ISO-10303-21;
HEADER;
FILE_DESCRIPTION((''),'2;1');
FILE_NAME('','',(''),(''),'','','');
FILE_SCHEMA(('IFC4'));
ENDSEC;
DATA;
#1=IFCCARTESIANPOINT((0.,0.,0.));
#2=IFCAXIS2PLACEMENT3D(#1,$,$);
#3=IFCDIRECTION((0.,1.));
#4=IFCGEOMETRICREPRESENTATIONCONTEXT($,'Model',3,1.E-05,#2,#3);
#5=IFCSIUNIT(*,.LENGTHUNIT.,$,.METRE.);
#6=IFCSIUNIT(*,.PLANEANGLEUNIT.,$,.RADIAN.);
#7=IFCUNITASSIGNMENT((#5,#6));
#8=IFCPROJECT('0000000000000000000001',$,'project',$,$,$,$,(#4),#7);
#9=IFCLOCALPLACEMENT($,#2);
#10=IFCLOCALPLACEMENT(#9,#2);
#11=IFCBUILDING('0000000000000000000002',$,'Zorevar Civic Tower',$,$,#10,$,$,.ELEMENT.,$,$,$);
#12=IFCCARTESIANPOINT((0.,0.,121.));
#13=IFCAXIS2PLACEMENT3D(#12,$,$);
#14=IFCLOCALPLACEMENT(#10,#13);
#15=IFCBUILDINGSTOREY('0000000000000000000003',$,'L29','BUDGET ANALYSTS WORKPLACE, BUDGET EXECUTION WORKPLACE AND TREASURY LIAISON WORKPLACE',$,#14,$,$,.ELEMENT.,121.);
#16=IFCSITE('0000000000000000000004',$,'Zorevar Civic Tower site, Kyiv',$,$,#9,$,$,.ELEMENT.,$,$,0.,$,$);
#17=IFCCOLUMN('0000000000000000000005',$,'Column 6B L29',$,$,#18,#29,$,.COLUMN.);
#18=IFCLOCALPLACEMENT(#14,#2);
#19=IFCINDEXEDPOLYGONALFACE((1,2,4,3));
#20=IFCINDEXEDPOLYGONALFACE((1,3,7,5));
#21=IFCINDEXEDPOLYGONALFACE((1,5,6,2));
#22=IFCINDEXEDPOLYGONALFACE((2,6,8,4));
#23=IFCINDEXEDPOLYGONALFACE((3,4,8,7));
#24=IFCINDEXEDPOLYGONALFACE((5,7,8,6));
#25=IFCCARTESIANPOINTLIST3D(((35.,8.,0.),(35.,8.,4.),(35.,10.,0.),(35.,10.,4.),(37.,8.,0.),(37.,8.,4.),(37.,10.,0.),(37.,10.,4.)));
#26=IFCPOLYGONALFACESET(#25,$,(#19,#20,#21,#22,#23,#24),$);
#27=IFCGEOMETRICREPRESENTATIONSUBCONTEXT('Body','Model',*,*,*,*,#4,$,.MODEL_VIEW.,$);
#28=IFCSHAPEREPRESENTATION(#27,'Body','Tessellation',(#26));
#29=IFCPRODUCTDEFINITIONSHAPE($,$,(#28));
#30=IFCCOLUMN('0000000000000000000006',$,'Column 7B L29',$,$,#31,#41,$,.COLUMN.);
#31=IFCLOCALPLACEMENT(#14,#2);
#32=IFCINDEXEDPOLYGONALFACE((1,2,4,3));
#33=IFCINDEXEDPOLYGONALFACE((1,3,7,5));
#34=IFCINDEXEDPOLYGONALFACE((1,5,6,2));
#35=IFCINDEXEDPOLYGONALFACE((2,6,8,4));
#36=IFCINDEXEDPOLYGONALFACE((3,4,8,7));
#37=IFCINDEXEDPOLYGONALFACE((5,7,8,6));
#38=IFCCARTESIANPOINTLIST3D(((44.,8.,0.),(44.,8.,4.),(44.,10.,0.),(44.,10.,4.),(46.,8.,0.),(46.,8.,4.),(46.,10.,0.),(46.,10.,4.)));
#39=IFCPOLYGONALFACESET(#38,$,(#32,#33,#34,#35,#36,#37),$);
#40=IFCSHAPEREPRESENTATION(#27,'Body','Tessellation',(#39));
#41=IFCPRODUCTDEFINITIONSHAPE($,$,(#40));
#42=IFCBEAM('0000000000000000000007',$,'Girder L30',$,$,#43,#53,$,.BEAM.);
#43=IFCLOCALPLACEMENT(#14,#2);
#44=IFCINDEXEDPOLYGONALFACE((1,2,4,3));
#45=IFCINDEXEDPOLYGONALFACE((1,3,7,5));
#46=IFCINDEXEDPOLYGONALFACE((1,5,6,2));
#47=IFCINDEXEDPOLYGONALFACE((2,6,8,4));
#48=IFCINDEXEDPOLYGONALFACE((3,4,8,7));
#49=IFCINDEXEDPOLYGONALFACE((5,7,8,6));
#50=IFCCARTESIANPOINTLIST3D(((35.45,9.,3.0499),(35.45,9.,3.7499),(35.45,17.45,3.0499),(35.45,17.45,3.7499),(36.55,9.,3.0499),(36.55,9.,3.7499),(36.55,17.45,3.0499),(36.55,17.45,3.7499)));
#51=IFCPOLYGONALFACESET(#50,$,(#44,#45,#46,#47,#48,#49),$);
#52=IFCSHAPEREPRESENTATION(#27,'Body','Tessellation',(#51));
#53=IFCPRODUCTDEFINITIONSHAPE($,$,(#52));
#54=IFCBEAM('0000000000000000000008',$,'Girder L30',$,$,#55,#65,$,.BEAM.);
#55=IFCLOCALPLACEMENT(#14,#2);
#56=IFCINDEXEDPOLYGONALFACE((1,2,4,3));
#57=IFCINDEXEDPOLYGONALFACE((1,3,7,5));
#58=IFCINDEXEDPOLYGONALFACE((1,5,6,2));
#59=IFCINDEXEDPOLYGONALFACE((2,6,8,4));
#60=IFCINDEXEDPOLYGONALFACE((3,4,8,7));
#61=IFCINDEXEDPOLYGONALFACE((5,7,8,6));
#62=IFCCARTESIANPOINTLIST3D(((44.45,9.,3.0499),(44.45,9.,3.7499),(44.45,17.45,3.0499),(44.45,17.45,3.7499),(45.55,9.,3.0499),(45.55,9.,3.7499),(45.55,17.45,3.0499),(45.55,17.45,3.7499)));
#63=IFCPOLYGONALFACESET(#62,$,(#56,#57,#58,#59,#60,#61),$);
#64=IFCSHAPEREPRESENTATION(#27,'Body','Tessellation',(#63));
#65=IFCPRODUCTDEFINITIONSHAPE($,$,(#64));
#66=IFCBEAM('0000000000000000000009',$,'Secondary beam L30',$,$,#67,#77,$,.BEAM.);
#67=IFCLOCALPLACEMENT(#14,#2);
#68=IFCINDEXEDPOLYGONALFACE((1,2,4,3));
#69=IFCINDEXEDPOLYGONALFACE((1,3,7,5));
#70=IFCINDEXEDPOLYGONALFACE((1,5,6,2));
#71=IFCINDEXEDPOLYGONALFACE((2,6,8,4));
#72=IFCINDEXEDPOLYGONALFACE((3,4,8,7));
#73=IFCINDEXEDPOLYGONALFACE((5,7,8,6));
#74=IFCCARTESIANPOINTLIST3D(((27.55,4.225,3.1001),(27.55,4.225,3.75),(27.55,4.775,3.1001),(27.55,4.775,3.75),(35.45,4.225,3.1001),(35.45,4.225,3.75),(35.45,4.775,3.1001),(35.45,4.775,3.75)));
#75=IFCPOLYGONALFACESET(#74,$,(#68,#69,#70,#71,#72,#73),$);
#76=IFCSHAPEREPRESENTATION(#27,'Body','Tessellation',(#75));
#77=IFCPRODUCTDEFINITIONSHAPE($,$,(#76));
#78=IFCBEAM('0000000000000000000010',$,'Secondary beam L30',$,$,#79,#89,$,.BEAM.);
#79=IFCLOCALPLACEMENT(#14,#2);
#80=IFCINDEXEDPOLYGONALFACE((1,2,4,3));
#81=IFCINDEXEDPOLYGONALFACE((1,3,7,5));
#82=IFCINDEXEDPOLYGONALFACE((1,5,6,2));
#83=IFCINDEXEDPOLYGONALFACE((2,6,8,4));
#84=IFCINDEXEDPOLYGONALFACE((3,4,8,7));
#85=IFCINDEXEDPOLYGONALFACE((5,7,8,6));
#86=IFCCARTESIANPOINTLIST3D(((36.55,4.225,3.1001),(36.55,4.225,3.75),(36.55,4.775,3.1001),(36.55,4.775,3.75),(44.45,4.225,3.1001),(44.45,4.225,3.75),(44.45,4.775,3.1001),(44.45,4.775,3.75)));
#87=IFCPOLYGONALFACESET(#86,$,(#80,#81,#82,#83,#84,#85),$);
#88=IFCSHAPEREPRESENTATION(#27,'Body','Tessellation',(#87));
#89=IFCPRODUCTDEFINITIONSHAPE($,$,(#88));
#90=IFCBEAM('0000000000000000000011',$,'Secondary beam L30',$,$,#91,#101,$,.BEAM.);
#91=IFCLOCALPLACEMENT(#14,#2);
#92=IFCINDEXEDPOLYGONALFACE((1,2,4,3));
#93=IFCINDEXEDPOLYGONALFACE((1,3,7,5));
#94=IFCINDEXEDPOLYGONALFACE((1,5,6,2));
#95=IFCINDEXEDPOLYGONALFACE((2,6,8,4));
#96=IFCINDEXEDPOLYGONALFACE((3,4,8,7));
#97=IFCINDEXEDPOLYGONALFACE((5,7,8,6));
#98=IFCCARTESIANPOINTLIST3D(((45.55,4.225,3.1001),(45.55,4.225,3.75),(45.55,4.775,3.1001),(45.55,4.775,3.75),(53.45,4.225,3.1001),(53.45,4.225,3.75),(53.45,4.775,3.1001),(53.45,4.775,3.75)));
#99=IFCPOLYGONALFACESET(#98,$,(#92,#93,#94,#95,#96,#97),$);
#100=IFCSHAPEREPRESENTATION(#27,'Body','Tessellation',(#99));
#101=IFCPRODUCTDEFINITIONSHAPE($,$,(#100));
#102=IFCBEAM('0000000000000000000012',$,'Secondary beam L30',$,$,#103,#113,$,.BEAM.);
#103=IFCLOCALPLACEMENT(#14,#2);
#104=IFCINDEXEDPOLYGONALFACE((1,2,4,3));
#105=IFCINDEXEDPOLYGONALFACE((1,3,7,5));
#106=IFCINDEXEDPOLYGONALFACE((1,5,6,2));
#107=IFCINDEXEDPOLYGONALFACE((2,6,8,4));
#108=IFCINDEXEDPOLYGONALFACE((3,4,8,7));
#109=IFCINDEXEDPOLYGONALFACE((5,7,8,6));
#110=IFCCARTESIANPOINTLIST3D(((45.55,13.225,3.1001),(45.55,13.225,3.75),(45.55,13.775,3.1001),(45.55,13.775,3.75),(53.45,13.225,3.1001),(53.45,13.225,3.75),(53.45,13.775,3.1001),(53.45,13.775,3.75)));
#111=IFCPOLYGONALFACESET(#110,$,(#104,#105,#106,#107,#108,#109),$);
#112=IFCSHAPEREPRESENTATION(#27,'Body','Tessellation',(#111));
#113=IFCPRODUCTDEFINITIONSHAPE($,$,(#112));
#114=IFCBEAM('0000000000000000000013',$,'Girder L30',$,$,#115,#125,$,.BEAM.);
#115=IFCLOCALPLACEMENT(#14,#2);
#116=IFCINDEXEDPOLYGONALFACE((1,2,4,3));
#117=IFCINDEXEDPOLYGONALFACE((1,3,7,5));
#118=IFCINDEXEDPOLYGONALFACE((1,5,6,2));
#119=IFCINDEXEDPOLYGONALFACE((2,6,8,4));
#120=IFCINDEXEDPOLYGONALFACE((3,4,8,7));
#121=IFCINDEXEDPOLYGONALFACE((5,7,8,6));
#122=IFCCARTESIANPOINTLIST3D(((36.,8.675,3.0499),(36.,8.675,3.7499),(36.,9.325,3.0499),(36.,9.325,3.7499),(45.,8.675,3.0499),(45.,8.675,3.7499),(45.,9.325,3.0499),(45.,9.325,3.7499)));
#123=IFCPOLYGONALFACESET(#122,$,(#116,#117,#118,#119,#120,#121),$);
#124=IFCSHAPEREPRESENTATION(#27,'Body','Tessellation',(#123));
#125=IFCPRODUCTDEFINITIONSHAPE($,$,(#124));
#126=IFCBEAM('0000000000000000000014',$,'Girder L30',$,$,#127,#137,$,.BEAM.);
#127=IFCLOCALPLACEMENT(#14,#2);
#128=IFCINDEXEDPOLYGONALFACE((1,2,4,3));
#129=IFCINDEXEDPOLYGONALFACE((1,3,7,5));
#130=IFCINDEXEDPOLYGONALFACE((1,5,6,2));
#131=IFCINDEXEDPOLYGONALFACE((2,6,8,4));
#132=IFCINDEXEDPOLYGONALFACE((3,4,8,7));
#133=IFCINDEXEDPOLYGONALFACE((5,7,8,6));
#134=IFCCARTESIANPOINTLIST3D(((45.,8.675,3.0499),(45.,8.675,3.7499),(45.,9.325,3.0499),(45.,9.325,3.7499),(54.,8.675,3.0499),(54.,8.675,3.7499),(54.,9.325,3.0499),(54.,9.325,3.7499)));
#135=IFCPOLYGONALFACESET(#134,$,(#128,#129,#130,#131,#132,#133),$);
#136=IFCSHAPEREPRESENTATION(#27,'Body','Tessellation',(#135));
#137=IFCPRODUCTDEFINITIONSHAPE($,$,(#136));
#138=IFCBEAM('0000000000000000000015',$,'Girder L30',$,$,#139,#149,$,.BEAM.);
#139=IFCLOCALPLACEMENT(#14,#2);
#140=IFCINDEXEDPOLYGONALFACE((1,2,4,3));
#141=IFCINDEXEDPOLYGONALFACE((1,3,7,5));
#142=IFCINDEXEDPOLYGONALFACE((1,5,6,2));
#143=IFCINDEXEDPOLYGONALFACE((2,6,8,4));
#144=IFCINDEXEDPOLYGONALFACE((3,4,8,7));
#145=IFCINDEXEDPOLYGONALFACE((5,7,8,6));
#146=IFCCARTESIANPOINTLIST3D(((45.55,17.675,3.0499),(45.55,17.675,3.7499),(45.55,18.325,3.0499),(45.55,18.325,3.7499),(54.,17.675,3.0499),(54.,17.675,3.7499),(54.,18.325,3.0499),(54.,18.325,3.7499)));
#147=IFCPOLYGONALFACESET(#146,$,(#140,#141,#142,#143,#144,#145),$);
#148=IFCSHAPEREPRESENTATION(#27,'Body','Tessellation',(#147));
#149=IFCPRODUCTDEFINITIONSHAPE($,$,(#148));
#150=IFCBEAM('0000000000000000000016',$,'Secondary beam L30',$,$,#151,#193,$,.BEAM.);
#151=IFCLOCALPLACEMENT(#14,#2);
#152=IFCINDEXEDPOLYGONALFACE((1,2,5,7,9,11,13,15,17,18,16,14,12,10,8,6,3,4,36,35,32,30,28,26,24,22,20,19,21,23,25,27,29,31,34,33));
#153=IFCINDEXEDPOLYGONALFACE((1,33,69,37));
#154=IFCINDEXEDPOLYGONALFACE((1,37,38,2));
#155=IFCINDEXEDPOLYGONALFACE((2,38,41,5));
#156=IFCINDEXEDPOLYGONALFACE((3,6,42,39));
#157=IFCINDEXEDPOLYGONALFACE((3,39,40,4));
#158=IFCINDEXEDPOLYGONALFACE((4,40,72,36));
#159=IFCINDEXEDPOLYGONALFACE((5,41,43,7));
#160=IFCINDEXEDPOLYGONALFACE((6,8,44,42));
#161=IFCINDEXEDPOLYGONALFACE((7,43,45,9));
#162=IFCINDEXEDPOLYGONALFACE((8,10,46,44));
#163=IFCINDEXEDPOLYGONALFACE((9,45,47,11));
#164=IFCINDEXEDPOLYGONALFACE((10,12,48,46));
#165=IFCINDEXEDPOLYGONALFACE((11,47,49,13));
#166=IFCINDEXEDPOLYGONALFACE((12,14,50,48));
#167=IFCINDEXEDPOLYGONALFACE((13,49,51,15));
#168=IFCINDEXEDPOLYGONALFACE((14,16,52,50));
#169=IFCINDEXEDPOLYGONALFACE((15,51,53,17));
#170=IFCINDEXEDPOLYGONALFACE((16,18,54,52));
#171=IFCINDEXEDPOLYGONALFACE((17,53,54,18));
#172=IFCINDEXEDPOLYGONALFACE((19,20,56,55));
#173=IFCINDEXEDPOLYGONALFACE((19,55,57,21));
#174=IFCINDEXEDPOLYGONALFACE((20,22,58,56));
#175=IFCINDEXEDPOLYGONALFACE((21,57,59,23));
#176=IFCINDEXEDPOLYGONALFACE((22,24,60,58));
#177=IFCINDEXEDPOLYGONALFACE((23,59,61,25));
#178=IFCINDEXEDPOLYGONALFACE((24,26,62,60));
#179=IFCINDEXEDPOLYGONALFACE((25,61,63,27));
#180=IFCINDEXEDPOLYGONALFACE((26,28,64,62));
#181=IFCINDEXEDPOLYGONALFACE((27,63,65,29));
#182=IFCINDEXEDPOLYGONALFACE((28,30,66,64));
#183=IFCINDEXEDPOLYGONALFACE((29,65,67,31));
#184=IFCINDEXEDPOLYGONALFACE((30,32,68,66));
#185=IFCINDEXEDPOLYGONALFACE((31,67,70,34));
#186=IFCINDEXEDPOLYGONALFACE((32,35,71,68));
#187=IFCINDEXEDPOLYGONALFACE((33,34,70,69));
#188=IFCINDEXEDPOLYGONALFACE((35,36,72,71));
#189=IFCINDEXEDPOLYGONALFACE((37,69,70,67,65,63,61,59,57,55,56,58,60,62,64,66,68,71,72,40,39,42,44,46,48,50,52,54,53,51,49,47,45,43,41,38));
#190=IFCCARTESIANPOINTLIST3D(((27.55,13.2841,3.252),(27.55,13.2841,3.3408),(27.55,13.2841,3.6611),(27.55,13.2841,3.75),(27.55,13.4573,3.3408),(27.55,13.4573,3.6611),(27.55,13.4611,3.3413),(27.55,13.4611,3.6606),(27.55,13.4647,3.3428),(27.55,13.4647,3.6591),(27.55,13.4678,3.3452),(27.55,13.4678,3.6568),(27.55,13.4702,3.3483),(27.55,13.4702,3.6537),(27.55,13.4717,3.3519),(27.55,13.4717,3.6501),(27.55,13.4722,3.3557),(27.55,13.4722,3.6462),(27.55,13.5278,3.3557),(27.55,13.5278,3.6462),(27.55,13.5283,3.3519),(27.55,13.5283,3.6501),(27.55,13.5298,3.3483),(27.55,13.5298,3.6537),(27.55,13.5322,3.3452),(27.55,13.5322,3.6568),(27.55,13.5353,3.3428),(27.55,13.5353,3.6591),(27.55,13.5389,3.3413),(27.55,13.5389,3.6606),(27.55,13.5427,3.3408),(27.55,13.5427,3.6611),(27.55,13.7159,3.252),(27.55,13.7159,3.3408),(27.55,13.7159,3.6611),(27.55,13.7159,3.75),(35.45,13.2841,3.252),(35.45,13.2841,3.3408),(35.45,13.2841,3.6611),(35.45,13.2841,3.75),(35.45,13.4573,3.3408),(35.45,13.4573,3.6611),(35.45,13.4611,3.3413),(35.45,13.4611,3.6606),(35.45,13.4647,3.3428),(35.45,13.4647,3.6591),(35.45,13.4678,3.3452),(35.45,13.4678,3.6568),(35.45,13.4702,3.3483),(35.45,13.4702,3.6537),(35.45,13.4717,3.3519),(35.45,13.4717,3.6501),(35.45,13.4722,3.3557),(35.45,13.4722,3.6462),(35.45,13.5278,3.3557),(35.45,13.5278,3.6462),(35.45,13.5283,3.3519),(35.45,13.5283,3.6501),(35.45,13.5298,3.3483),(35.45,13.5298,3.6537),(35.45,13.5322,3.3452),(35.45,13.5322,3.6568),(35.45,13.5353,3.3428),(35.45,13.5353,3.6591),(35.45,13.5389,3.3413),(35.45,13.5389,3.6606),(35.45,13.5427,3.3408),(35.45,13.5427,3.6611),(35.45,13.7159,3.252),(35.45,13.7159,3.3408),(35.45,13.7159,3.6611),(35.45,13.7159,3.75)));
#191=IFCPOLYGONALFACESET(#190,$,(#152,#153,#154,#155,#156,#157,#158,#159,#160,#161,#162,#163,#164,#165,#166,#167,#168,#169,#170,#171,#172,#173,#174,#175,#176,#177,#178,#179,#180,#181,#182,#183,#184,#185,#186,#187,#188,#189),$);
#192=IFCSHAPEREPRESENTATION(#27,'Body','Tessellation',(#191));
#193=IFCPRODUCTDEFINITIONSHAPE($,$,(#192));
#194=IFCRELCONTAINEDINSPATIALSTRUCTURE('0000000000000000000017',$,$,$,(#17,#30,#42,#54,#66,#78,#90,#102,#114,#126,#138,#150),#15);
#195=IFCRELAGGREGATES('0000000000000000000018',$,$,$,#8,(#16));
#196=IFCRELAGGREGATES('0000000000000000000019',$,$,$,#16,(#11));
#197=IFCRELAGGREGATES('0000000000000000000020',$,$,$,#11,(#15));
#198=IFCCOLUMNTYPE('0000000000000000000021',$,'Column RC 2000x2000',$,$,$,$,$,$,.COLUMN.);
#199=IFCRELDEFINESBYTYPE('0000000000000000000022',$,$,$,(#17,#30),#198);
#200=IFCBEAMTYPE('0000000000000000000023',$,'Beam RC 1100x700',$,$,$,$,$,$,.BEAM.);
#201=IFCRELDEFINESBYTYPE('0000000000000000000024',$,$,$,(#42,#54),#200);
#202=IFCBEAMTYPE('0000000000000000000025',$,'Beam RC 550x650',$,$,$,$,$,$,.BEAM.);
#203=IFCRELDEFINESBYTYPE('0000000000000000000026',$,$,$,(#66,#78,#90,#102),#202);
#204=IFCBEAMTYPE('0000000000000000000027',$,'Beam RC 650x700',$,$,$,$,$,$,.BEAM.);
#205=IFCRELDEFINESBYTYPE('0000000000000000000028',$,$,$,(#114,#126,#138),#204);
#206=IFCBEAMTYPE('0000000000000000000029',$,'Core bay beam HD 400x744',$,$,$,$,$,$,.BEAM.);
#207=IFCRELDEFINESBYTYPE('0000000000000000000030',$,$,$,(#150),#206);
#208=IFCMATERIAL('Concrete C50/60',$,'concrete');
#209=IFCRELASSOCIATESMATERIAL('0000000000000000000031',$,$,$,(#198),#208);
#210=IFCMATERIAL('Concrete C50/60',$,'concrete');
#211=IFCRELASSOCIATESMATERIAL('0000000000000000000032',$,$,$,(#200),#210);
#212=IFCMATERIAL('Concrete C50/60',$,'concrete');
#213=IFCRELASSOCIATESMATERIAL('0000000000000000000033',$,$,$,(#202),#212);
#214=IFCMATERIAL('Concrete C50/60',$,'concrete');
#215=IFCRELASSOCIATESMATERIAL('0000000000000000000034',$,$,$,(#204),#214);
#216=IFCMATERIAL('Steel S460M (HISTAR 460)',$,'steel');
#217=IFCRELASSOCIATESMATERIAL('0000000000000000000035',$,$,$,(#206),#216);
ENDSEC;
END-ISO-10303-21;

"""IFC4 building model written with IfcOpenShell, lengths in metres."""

from ifc_helpers import new_model, si_unit, direction, frame, origin, origin_2d, place, context, subcontext, project, spatial, rectangle, i_section, extrude, material, material_profile, profile_set, type_object, element, save


model = new_model("IFC4")

# Units and contexts
model_context = context("Model", 3, precision=1e-05, world=origin(), true_north=direction((0.0, 1.0)))
body_context = subcontext(model_context, "Body", "Model", "MODEL_VIEW")
ifc_project = project(units=[si_unit("LENGTHUNIT", "METRE"), si_unit("PLANEANGLEUNIT", "RADIAN")], contexts=[model_context])

# Site, building, storey
site_placement = place(None, origin())
site = spatial("IfcSite", under=ifc_project, at=site_placement, Name="Zorevar Civic Tower site, Kyiv", CompositionType="ELEMENT", RefElevation=0.0)
building_placement = place(site_placement, origin())
building = spatial("IfcBuilding", under=site, at=building_placement, Name="Zorevar Civic Tower", CompositionType="ELEMENT")
storey_placement = place(building_placement, frame((0.0, 0.0, 121.0)))
storey = spatial("IfcBuildingStorey", under=building, at=storey_placement, Name="L29", Description="BUDGET ANALYSTS WORKPLACE, BUDGET EXECUTION WORKPLACE AND TREASURY LIAISON WORKPLACE", CompositionType="ELEMENT", Elevation=121.0)

# Columns
ifc_material_1 = material(Name="Concrete C50/60", Category="concrete")
ifc_material_profile_1 = material_profile(ifc_material_1, rectangle(XDim=2.0, YDim=2.0, at=origin_2d()), Name="RC 2000x2000")
ifc_profile_set_1 = profile_set([ifc_material_profile_1], Name="Concrete C50/60")
column_type = type_object("IfcColumnType", Name="Column RC 2000x2000", PredefinedType="COLUMN", material=ifc_profile_set_1)
for number, where, z_axis, x_axis, name in (
    (1, (36.0, 9.0, 0.0), (0.0, 0.0, 1.0), (1.0, 0.0, 0.0), "Column 6B L29"),
    (2, (45.0, 9.0, 0.0), (0.0, 0.0, 1.0), (1.0, 0.0, 0.0), "Column 7B L29"),
):
    element("IfcColumn", number, at=place(storey_placement, frame(where, z_axis=z_axis, x_axis=x_axis)), inside=storey, type_object=column_type, Name=name, PredefinedType="COLUMN", context=body_context, shape_type="SweptSolid", body=[
        extrude(rectangle(XDim=2.0, YDim=2.0, at=origin_2d()), origin(), (0.0, 0.0, 1.0), 4.0),
    ])

# Beams
ifc_material_2 = material(Name="Concrete C50/60", Category="concrete")
ifc_material_profile_2 = material_profile(ifc_material_2, rectangle(XDim=1.1001, YDim=0.7, at=origin_2d()), Name="RC 1100x700")
ifc_profile_set_2 = profile_set([ifc_material_profile_2], Name="Concrete C50/60")
beam_type_1 = type_object("IfcBeamType", Name="Beam RC 1100x700", PredefinedType="BEAM", material=ifc_profile_set_2)
for number, where, z_axis, x_axis, name in (
    (3, (36.0, 9.0, 3.3999), (0.0, 1.0, 0.0), (-1.0, 0.0, 0.0), "Girder L30"),
    (4, (45.0, 9.0, 3.3999), (0.0, 1.0, 0.0), (-1.0, 0.0, 0.0), "Girder L30"),
):
    element("IfcBeam", number, at=place(storey_placement, frame(where, z_axis=z_axis, x_axis=x_axis)), inside=storey, type_object=beam_type_1, Name=name, PredefinedType="BEAM", context=body_context, shape_type="SweptSolid", body=[
        extrude(rectangle(XDim=1.1001, YDim=0.7, at=origin_2d()), origin(), (0.0, 0.0, 1.0), 8.45),
    ])
ifc_material_3 = material(Name="Concrete C50/60", Category="concrete")
ifc_material_profile_3 = material_profile(ifc_material_3, rectangle(XDim=0.55, YDim=0.6499, at=origin_2d()), Name="RC 550x650")
ifc_profile_set_3 = profile_set([ifc_material_profile_3], Name="Concrete C50/60")
beam_type_2 = type_object("IfcBeamType", Name="Beam RC 550x650", PredefinedType="BEAM", material=ifc_profile_set_3)
for number, where, z_axis, x_axis, name in (
    (5, (27.55, 4.5, 3.425), (1.0, 0.0, 0.0), (0.0, 1.0, 0.0), "Secondary beam L30"),
    (6, (36.55, 4.5, 3.425), (1.0, 0.0, 0.0), (0.0, 1.0, 0.0), "Secondary beam L30"),
    (7, (45.55, 4.5, 3.425), (1.0, 0.0, 0.0), (0.0, 1.0, 0.0), "Secondary beam L30"),
    (8, (45.55, 13.5, 3.425), (1.0, 0.0, 0.0), (0.0, 1.0, 0.0), "Secondary beam L30"),
):
    element("IfcBeam", number, at=place(storey_placement, frame(where, z_axis=z_axis, x_axis=x_axis)), inside=storey, type_object=beam_type_2, Name=name, PredefinedType="BEAM", context=body_context, shape_type="SweptSolid", body=[
        extrude(rectangle(XDim=0.55, YDim=0.6499, at=origin_2d()), origin(), (0.0, 0.0, 1.0), 7.8999),
    ])
ifc_material_4 = material(Name="Concrete C50/60", Category="concrete")
ifc_material_profile_4 = material_profile(ifc_material_4, rectangle(XDim=0.6499, YDim=0.7, at=origin_2d()), Name="RC 650x700")
ifc_profile_set_4 = profile_set([ifc_material_profile_4], Name="Concrete C50/60")
beam_type_3 = type_object("IfcBeamType", Name="Beam RC 650x700", PredefinedType="BEAM", material=ifc_profile_set_4)
for number, where, z_axis, x_axis, name in (
    (9, (36.0, 9.0, 3.3999), (1.0, 0.0, 0.0), (0.0, 1.0, 0.0), "Girder L30"),
    (10, (45.0, 9.0, 3.3999), (1.0, 0.0, 0.0), (0.0, 1.0, 0.0), "Girder L30"),
):
    element("IfcBeam", number, at=place(storey_placement, frame(where, z_axis=z_axis, x_axis=x_axis)), inside=storey, type_object=beam_type_3, Name=name, PredefinedType="BEAM", context=body_context, shape_type="SweptSolid", body=[
        extrude(rectangle(XDim=0.6499, YDim=0.7, at=origin_2d()), origin(), (0.0, 0.0, 1.0), 9.0),
    ])
beam_placement = place(storey_placement, frame((45.55, 18.0, 3.3999), z_axis=(1.0, 0.0, 0.0), x_axis=(0.0, 1.0, 0.0)))
element("IfcBeam", 11, at=beam_placement, inside=storey, type_object=beam_type_3, Name="Girder L30", PredefinedType="BEAM", context=body_context, shape_type="SweptSolid", body=[
    extrude(rectangle(XDim=0.6499, YDim=0.7, at=origin_2d()), origin(), (0.0, 0.0, 1.0), 8.45),
])
ifc_material_5 = material(Name="Steel S460M (HISTAR 460)", Category="steel")
ifc_material_profile_5 = material_profile(ifc_material_5, i_section(OverallWidth=0.4319, OverallDepth=0.498, WebThickness=0.0557, FlangeThickness=0.0889, FilletRadius=0.0149, at=origin_2d()), Name="HD 400x744")
ifc_profile_set_5 = profile_set([ifc_material_profile_5], Name="Steel S460M (HISTAR 460)")
beam_type_4 = type_object("IfcBeamType", Name="Core bay beam HD 400x744", PredefinedType="BEAM", material=ifc_profile_set_5)
for number, where, z_axis, x_axis, name in (
    (12, (27.55, 13.5, 3.501), (1.0, 0.0, 0.0), (0.0, 1.0, 0.0), "Secondary beam L30"),
):
    element("IfcBeam", number, at=place(storey_placement, frame(where, z_axis=z_axis, x_axis=x_axis)), inside=storey, type_object=beam_type_4, Name=name, PredefinedType="BEAM", context=body_context, shape_type="SweptSolid", body=[
        extrude(i_section(OverallWidth=0.4319, OverallDepth=0.498, WebThickness=0.0557, FlangeThickness=0.0889, FilletRadius=0.0149, at=origin_2d()), origin(), (0.0, 0.0, 1.0), 7.8999),
    ])

save(model, "model.ifc")
